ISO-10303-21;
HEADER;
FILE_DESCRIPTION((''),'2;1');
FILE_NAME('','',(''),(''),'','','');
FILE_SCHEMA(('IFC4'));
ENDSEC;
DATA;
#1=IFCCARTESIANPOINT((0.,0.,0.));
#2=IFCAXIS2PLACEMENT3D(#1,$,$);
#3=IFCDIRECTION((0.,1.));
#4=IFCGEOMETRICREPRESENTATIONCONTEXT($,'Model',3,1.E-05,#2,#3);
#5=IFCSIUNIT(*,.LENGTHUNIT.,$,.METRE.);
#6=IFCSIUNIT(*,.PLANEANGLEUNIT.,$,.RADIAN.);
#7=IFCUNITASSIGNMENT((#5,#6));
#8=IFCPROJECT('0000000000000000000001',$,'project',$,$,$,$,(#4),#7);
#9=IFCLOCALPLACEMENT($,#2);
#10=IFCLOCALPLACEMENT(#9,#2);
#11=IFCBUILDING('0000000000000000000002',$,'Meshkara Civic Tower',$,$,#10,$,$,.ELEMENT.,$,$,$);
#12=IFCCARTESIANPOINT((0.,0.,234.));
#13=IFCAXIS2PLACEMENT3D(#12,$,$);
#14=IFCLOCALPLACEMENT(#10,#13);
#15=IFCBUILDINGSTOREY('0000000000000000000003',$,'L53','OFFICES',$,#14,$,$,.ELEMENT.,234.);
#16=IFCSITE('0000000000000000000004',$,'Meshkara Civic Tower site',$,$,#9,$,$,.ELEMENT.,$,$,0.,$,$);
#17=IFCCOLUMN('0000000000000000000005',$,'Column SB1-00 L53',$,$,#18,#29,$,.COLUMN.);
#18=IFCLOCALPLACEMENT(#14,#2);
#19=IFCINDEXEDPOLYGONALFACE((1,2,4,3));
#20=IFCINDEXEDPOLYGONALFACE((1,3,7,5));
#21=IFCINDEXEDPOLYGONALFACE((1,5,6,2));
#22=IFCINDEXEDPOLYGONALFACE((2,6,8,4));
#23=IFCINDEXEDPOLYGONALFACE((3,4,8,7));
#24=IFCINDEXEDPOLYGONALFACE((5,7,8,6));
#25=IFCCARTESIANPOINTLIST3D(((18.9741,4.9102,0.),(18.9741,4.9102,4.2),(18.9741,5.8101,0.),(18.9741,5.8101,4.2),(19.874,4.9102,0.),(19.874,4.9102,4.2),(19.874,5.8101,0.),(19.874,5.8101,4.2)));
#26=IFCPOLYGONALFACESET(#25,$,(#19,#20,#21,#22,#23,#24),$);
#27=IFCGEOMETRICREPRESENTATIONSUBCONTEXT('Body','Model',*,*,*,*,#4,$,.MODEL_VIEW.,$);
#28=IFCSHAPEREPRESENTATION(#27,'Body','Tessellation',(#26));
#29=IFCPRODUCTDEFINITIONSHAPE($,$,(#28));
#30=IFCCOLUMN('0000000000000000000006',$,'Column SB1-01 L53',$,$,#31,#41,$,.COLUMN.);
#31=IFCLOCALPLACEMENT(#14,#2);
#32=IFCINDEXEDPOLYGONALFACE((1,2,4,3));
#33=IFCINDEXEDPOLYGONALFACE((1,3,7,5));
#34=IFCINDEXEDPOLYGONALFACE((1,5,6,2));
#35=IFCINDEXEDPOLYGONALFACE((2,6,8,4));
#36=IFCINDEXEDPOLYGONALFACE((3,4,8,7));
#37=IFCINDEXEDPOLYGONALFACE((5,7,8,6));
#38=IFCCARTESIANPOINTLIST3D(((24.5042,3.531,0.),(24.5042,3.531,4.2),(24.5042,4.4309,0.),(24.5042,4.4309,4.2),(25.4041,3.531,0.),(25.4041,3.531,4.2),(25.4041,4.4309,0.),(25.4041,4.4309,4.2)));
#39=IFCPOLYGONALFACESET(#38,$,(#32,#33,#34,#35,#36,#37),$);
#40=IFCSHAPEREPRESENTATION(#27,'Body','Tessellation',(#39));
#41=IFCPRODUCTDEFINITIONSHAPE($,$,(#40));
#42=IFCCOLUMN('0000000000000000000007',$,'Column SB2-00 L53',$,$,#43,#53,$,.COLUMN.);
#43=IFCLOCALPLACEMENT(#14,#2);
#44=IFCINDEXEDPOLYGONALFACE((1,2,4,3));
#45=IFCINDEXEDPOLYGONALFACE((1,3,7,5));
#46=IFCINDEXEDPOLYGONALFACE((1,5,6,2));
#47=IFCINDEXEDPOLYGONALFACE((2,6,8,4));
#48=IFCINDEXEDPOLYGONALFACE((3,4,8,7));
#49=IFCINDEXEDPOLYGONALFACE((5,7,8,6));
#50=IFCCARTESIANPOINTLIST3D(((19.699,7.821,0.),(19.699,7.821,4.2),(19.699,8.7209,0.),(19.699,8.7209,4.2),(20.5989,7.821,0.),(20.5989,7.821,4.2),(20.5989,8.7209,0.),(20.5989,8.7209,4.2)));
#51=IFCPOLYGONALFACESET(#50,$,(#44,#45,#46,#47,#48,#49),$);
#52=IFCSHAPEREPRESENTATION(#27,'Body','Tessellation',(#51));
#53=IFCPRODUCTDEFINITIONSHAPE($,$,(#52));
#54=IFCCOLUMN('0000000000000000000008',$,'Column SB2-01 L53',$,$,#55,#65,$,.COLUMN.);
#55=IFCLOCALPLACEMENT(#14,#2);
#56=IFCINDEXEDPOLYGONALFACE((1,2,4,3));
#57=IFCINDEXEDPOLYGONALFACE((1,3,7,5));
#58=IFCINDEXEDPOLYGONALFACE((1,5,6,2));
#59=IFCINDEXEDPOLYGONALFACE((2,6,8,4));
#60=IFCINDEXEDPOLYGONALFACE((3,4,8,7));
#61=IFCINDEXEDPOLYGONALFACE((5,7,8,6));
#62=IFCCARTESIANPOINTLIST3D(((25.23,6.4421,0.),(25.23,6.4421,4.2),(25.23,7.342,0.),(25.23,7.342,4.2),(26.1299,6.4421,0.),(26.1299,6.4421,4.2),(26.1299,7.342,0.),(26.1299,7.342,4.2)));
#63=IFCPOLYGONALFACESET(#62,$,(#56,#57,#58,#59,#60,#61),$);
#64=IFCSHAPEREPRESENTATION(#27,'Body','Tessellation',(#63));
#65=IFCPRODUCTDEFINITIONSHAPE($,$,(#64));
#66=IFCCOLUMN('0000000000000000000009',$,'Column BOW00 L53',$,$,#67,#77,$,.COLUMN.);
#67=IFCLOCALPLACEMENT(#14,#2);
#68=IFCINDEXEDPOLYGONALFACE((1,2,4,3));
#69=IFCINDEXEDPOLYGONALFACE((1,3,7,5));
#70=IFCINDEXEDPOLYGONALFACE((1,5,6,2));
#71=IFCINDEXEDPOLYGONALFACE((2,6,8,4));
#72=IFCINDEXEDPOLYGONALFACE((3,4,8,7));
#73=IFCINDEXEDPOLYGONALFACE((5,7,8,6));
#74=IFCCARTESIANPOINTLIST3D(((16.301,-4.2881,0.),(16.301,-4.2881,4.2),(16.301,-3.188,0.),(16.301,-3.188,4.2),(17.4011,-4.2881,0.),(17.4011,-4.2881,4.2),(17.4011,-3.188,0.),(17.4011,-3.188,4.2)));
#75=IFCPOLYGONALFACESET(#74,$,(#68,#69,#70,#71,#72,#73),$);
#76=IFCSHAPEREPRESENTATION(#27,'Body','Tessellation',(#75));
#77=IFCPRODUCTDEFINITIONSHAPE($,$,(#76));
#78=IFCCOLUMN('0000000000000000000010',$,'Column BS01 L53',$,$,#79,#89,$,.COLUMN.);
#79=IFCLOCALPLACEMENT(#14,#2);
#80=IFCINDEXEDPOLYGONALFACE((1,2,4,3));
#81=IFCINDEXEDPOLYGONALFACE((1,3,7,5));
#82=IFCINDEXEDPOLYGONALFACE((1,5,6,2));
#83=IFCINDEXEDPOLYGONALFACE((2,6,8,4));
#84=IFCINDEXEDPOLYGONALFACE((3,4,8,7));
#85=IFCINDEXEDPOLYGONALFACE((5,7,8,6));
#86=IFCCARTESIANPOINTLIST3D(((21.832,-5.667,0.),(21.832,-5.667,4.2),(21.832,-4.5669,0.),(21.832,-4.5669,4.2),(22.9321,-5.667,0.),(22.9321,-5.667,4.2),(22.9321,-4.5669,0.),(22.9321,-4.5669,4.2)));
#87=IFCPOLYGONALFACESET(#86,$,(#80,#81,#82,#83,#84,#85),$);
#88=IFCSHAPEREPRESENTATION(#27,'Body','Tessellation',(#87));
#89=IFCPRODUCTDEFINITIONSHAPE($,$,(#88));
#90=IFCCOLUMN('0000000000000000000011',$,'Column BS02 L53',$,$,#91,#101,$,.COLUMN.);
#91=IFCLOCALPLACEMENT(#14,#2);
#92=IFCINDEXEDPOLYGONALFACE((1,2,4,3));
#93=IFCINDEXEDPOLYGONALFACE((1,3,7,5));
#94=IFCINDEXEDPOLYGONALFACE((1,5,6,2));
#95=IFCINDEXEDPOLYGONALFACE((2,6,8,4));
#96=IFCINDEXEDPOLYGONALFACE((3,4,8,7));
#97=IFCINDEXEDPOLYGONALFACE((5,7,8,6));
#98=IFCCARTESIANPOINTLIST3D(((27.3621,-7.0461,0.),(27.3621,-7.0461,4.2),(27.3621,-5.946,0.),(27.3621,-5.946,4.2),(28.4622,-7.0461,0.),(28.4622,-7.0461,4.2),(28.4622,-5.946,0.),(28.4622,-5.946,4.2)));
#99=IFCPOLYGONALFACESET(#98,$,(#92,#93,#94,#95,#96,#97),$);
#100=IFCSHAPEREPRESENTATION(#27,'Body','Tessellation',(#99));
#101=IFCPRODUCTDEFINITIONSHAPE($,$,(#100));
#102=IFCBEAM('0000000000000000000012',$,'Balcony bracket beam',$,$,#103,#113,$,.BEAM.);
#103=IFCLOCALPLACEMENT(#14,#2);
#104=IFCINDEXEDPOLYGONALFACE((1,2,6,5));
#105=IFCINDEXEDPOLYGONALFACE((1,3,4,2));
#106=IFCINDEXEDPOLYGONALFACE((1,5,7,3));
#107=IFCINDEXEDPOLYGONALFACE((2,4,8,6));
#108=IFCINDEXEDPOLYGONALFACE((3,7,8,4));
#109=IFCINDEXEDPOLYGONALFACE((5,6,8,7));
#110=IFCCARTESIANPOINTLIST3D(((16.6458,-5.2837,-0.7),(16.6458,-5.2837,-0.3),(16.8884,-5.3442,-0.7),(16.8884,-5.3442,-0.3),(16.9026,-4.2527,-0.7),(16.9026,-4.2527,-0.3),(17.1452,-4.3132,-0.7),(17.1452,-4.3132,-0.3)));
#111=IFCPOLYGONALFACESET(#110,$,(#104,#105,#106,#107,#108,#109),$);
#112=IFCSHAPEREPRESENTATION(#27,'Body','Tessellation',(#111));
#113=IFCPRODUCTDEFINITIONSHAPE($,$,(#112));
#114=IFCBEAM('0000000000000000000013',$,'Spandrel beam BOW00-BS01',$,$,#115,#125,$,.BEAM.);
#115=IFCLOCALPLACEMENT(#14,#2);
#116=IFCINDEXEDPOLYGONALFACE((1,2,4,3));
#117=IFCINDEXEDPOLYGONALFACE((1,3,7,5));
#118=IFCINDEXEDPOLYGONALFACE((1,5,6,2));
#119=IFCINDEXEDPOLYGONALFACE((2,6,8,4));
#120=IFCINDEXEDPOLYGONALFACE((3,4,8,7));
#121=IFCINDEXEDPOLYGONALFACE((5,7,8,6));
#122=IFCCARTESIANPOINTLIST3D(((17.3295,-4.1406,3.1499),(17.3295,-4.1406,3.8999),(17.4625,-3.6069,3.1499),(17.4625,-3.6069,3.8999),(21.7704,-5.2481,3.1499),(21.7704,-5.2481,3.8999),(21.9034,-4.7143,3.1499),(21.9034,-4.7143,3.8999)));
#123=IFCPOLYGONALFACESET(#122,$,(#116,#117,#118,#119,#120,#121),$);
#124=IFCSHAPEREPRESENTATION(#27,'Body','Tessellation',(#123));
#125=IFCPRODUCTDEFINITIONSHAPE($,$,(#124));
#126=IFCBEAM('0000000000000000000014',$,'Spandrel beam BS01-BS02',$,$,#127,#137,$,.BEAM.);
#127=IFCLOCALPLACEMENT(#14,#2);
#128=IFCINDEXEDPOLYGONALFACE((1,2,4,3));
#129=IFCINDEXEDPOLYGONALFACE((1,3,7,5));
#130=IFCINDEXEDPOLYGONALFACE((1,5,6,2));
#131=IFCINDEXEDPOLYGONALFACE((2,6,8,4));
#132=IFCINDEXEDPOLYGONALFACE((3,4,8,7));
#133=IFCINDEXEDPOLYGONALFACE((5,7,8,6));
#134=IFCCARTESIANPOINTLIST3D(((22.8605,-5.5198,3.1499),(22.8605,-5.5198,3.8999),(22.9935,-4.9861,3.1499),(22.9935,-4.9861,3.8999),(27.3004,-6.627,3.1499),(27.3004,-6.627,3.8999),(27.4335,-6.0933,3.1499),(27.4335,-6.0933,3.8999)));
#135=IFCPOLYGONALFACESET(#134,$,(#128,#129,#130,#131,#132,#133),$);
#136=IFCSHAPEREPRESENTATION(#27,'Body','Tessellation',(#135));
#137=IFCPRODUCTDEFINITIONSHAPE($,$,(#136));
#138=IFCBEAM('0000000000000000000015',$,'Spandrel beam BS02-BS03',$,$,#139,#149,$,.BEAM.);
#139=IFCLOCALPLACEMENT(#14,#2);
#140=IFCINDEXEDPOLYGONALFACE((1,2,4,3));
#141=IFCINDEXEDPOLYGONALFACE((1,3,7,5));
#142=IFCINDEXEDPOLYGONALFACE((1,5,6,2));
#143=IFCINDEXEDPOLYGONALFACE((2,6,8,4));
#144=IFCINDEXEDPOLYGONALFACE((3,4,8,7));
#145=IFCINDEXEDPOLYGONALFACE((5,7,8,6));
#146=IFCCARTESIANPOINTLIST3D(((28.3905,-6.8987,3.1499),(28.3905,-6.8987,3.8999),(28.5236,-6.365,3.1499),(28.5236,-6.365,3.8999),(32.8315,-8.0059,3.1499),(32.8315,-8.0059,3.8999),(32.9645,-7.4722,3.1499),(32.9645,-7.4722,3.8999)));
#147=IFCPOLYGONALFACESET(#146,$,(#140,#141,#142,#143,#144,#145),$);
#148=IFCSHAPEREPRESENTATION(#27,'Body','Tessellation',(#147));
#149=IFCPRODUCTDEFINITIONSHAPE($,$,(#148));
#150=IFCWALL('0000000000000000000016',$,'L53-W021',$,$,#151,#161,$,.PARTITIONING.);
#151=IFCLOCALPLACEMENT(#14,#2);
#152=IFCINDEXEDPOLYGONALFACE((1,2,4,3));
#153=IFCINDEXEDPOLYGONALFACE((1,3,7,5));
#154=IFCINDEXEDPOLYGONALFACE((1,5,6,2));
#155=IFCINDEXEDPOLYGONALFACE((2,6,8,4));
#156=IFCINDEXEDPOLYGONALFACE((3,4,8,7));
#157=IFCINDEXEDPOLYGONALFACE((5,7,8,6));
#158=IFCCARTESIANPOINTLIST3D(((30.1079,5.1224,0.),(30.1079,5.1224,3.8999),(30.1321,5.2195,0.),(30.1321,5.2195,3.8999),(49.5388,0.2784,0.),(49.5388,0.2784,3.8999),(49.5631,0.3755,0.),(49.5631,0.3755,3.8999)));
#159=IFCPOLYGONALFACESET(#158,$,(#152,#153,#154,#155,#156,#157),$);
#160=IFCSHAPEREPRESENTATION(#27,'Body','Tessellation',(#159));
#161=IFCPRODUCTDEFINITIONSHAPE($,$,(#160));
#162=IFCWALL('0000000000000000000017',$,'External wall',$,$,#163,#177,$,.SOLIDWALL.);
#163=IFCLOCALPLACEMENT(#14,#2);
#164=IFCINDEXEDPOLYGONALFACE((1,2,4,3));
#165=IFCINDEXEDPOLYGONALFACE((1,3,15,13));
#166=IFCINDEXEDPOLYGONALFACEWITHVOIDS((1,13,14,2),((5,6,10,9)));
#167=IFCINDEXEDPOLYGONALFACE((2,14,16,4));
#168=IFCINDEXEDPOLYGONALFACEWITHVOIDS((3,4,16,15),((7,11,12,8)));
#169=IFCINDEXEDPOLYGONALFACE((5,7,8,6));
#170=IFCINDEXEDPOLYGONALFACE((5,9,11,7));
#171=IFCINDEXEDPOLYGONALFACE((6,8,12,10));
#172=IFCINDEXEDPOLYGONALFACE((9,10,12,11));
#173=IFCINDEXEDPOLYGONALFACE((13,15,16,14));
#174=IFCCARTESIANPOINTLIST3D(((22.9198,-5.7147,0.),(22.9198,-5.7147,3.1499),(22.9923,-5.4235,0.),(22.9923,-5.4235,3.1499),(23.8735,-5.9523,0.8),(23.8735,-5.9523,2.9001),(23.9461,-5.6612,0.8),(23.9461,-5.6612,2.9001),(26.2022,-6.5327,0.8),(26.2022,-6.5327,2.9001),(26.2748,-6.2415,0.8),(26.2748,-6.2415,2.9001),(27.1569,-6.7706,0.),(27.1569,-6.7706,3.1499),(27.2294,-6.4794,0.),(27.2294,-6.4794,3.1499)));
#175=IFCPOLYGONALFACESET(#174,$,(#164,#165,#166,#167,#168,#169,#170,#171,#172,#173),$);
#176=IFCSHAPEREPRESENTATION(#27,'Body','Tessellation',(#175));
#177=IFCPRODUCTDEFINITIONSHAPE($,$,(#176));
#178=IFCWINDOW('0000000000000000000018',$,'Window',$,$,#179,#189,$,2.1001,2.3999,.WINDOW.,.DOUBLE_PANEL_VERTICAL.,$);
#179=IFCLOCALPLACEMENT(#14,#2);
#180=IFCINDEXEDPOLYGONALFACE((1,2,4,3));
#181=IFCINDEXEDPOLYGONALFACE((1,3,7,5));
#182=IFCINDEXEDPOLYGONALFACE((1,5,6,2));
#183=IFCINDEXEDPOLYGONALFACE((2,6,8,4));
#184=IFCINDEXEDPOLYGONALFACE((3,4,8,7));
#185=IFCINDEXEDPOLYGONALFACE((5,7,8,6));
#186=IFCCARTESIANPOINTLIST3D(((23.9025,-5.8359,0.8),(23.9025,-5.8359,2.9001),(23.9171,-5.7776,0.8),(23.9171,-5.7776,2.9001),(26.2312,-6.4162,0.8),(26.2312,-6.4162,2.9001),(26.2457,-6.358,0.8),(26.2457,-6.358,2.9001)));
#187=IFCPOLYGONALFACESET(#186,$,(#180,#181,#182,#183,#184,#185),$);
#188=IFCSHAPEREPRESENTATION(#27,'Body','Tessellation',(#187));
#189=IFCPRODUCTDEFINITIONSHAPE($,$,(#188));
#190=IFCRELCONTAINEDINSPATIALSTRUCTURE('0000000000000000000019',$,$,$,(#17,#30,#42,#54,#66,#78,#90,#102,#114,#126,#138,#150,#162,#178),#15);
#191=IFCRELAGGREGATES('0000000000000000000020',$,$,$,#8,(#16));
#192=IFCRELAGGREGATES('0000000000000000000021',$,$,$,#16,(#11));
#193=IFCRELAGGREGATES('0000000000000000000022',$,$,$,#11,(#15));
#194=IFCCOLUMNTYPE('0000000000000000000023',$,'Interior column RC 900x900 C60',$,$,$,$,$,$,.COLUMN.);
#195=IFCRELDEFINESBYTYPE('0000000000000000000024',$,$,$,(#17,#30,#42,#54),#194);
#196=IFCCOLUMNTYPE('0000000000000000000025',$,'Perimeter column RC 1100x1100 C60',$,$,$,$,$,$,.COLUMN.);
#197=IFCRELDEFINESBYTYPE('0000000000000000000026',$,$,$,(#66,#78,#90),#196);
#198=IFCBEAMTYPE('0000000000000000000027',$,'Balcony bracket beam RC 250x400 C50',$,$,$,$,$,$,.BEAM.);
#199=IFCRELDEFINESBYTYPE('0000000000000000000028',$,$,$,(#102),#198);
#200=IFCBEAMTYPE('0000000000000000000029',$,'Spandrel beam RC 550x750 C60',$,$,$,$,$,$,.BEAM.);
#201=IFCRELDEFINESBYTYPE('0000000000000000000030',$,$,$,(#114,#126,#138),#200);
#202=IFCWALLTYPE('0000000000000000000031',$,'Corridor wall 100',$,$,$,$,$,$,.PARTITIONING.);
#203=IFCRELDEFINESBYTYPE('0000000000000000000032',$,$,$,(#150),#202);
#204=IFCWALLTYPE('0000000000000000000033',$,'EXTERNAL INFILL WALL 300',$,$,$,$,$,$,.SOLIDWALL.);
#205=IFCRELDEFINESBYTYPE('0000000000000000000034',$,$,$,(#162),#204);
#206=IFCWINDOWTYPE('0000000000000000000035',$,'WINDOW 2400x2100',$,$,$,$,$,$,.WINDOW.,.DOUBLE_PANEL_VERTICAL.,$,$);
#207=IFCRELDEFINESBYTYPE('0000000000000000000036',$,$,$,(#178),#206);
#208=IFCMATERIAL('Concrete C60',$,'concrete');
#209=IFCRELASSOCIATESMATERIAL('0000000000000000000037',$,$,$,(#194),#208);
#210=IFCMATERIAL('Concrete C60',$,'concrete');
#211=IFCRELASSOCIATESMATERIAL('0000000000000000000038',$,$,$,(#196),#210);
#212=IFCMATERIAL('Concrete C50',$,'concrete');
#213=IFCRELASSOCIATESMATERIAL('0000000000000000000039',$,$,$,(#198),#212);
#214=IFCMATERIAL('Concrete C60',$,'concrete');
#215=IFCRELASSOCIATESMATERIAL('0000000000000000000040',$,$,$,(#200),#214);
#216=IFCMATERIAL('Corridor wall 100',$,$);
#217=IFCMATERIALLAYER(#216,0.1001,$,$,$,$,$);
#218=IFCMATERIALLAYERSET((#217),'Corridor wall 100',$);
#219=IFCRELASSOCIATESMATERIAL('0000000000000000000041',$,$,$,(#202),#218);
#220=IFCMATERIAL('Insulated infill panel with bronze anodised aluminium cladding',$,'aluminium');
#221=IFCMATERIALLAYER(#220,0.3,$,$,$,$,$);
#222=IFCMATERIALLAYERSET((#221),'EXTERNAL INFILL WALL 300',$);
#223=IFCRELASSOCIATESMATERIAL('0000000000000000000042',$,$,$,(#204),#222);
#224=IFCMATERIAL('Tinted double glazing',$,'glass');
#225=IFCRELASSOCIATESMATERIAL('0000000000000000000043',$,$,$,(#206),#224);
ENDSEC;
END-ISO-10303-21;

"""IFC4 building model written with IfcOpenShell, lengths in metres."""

from ifc_helpers import new_model, si_unit, direction, frame, frame_2d, origin, origin_2d, place, context, subcontext, project, spatial, rectangle, extrude, material, layer, layer_set, material_profile, profile_set, type_object, element, fill, save


model = new_model("IFC4")

# Units and contexts
model_context = context("Model", 3, precision=1e-05, world=origin(), true_north=direction((0.0, 1.0)))
body_context = subcontext(model_context, "Body", "Model", "MODEL_VIEW")
ifc_project = project(units=[si_unit("LENGTHUNIT", "METRE"), si_unit("PLANEANGLEUNIT", "RADIAN")], contexts=[model_context])

# Site, building, storey
site_placement = place(None, origin())
site = spatial("IfcSite", under=ifc_project, at=site_placement, Name="Meshkara Civic Tower site", CompositionType="ELEMENT", RefElevation=0.0)
building_placement = place(site_placement, origin())
building = spatial("IfcBuilding", under=site, at=building_placement, Name="Meshkara Civic Tower", CompositionType="ELEMENT")
storey_placement = place(building_placement, frame((0.0, 0.0, 234.0)))
storey = spatial("IfcBuildingStorey", under=building, at=storey_placement, Name="L53", Description="OFFICES", CompositionType="ELEMENT", Elevation=234.0)

# Columns
ifc_material_1 = material(Name="Concrete C60", Category="concrete")
ifc_material_profile_1 = material_profile(ifc_material_1, rectangle(XDim=0.8999, YDim=0.8999, at=origin_2d()))
ifc_profile_set_1 = profile_set([ifc_material_profile_1], Name="Concrete C60")
column_type_1 = type_object("IfcColumnType", Name="Interior column RC 900x900 C60", PredefinedType="COLUMN", material=ifc_profile_set_1)
for number, where, z_axis, x_axis, name in (
    (1, (19.4241, 5.3601, 0.0), (0.0, 0.0, 1.0), (1.0, 0.0, 0.0), "Column SB1-00 L53"),
    (2, (24.9541, 3.981, 0.0), (0.0, 0.0, 1.0), (1.0, 0.0, 0.0), "Column SB1-01 L53"),
    (3, (20.1489, 8.271, 0.0), (0.0, 0.0, 1.0), (1.0, 0.0, 0.0), "Column SB2-00 L53"),
    (4, (25.6799, 6.8921, 0.0), (0.0, 0.0, 1.0), (1.0, 0.0, 0.0), "Column SB2-01 L53"),
):
    element("IfcColumn", number, at=place(storey_placement, frame(where, z_axis=z_axis, x_axis=x_axis)), inside=storey, type_object=column_type_1, Name=name, PredefinedType="COLUMN", context=body_context, shape_type="SweptSolid", body=[
        extrude(rectangle(XDim=0.8999, YDim=0.8999, at=origin_2d()), origin(), (0.0, 0.0, 1.0), 4.2),
    ])
ifc_material_2 = material(Name="Concrete C60", Category="concrete")
ifc_material_profile_2 = material_profile(ifc_material_2, rectangle(XDim=1.1001, YDim=1.1001, at=origin_2d()))
ifc_profile_set_2 = profile_set([ifc_material_profile_2], Name="Concrete C60")
column_type_2 = type_object("IfcColumnType", Name="Perimeter column RC 1100x1100 C60", PredefinedType="COLUMN", material=ifc_profile_set_2)
for number, where, z_axis, x_axis, name in (
    (5, (16.8511, -3.738, 0.0), (0.0, 0.0, 1.0), (1.0, 0.0, 0.0), "Column BOW00 L53"),
    (6, (22.3821, -5.1169, 0.0), (0.0, 0.0, 1.0), (1.0, 0.0, 0.0), "Column BS01 L53"),
    (7, (27.9121, -6.4961, 0.0), (0.0, 0.0, 1.0), (1.0, 0.0, 0.0), "Column BS02 L53"),
):
    element("IfcColumn", number, at=place(storey_placement, frame(where, z_axis=z_axis, x_axis=x_axis)), inside=storey, type_object=column_type_2, Name=name, PredefinedType="COLUMN", context=body_context, shape_type="SweptSolid", body=[
        extrude(rectangle(XDim=1.1001, YDim=1.1001, at=origin_2d()), origin(), (0.0, 0.0, 1.0), 4.2),
    ])

# Beams
ifc_material_3 = material(Name="Concrete C50", Category="concrete")
ifc_material_profile_3 = material_profile(ifc_material_3, rectangle(XDim=0.25, YDim=0.3999, at=origin_2d()))
ifc_profile_set_3 = profile_set([ifc_material_profile_3], Name="Concrete C50")
beam_type_1 = type_object("IfcBeamType", Name="Balcony bracket beam RC 250x400 C50", PredefinedType="BEAM", material=ifc_profile_set_3)
beam_1_placement = place(storey_placement, frame((17.0239, -4.283, -0.5), z_axis=(-0.241725, -0.970345, 0.0), x_axis=(0.970345, -0.241725, 0.0)))
element("IfcBeam", 8, at=beam_1_placement, inside=storey, type_object=beam_type_1, Name="Balcony bracket beam", PredefinedType="BEAM", context=body_context, shape_type="SweptSolid", body=[
    extrude(rectangle(XDim=0.25, YDim=0.3999, at=origin_2d()), origin(), (0.0, 0.0, 1.0), 1.0625),
])
ifc_material_4 = material(Name="Concrete C60", Category="concrete")
ifc_material_profile_4 = material_profile(ifc_material_4, rectangle(XDim=0.55, YDim=0.75, at=origin_2d()))
ifc_profile_set_4 = profile_set([ifc_material_profile_4], Name="Concrete C60")
beam_type_2 = type_object("IfcBeamType", Name="Spandrel beam RC 550x750 C60", PredefinedType="BEAM", material=ifc_profile_set_4)
beam_2_placement = place(storey_placement, frame((17.396, -3.8738, 3.5249), z_axis=(0.970287, -0.241958, 0.0), x_axis=(0.241958, 0.970287, 0.0)))
element("IfcBeam", 9, at=beam_2_placement, inside=storey, type_object=beam_type_2, Name="Spandrel beam BOW00-BS01", PredefinedType="BEAM", context=body_context, shape_type="SweptSolid", body=[
    extrude(rectangle(XDim=0.55, YDim=0.75, at=origin_2d()), origin(), (0.0, 0.0, 1.0), 4.5769),
])
beam_3_placement = place(storey_placement, frame((22.927, -5.2529, 3.5249), z_axis=(0.970287, -0.241958, 0.0), x_axis=(0.241958, 0.970287, 0.0)))
element("IfcBeam", 10, at=beam_3_placement, inside=storey, type_object=beam_type_2, Name="Spandrel beam BS01-BS02", PredefinedType="BEAM", context=body_context, shape_type="SweptSolid", body=[
    extrude(rectangle(XDim=0.55, YDim=0.75, at=origin_2d()), origin(), (0.0, 0.0, 1.0), 4.5759),
])
beam_4_placement = place(storey_placement, frame((28.457, -6.6318, 3.5249), z_axis=(0.970299, -0.241908, 0.0), x_axis=(0.241908, 0.970299, 0.0)))
element("IfcBeam", 11, at=beam_4_placement, inside=storey, type_object=beam_type_2, Name="Spandrel beam BS02-BS03", PredefinedType="BEAM", context=body_context, shape_type="SweptSolid", body=[
    extrude(rectangle(XDim=0.55, YDim=0.75, at=origin_2d()), origin(), (0.0, 0.0, 1.0), 4.5769),
])

# Wall
ifc_material_5 = material(Name="Corridor wall 100")
ifc_layer_1 = layer(ifc_material_5, 0.1001)
ifc_layer_set_1 = layer_set([ifc_layer_1], Name="Corridor wall 100")
wall_type_1 = type_object("IfcWallType", Name="Corridor wall 100", PredefinedType="PARTITIONING", material=ifc_layer_set_1)
wall_1_placement = place(storey_placement, frame((30.1201, 5.1709, 0.0), z_axis=(0.0, 0.0, 1.0), x_axis=(0.970304, -0.24189, 0.0)))
element("IfcWall", 12, at=wall_1_placement, inside=storey, type_object=wall_type_1, Name="L53-W021", PredefinedType="PARTITIONING", context=body_context, shape_type="SweptSolid", body=[
    extrude(rectangle(XDim=20.0256, YDim=0.1001, at=frame_2d((10.0127, 0.0))), origin(), (0.0, 0.0, 1.0), 3.8999),
])

# Wall, opening, window
ifc_material_6 = material(Name="Insulated infill panel with bronze anodised aluminium cladding", Category="aluminium")
ifc_layer_2 = layer(ifc_material_6, 0.3)
ifc_layer_set_2 = layer_set([ifc_layer_2], Name="EXTERNAL INFILL WALL 300")
wall_type_2 = type_object("IfcWallType", Name="EXTERNAL INFILL WALL 300", PredefinedType="SOLIDWALL", material=ifc_layer_set_2)
wall_2_placement = place(storey_placement, frame((22.9561, -5.5691, 0.0), z_axis=(0.0, 0.0, 1.0), x_axis=(0.970323, -0.241812, 0.0)))
wall_2 = element("IfcWall", 13, at=wall_2_placement, inside=storey, type_object=wall_type_2, Name="External wall", PredefinedType="SOLIDWALL", context=body_context, shape_type="SweptSolid", body=[
    extrude(rectangle(XDim=4.3667, YDim=0.3, at=frame_2d((2.1833, 0.0))), origin(), (0.0, 0.0, 1.0), 3.1499),
])
opening_1_placement = place(wall_2_placement, frame((0.9829, 0.0, 0.8)))
opening_1 = element("IfcOpeningElement", 14, at=opening_1_placement, cuts=wall_2, PredefinedType="OPENING", context=body_context, shape_type="SweptSolid", body=[
    extrude(rectangle(XDim=2.3999, YDim=2.1001, at=frame_2d((1.2, 1.05))), frame((0.0, 0.1599, 0.0), z_axis=(0.0, -1.0, 0.0), x_axis=(1.0, 0.0, 0.0)), (0.0, 0.0, 1.0), 0.3201),
])
ifc_material_7 = material(Name="Tinted double glazing", Category="glass")
window_type = type_object("IfcWindowType", Name="WINDOW 2400x2100", PartitioningType="DOUBLE_PANEL_VERTICAL", PredefinedType="WINDOW", material=ifc_material_7)
window_1_placement = place(opening_1_placement, origin())
window_1 = element("IfcWindow", 15, at=window_1_placement, inside=storey, type_object=window_type, Name="Window", OverallHeight=2.1001, OverallWidth=2.3999, PartitioningType="DOUBLE_PANEL_VERTICAL", PredefinedType="WINDOW", context=body_context, shape_type="SweptSolid", body=[
    extrude(rectangle(XDim=2.3999, YDim=2.1001, at=frame_2d((1.2, 1.05))), frame((0.0, 0.03, 0.0), z_axis=(0.0, -1.0, 0.0), x_axis=(1.0, 0.0, 0.0)), (0.0, 0.0, 1.0), 0.0601),
])
fill(opening_1, window_1)

save(model, "model.ifc")
